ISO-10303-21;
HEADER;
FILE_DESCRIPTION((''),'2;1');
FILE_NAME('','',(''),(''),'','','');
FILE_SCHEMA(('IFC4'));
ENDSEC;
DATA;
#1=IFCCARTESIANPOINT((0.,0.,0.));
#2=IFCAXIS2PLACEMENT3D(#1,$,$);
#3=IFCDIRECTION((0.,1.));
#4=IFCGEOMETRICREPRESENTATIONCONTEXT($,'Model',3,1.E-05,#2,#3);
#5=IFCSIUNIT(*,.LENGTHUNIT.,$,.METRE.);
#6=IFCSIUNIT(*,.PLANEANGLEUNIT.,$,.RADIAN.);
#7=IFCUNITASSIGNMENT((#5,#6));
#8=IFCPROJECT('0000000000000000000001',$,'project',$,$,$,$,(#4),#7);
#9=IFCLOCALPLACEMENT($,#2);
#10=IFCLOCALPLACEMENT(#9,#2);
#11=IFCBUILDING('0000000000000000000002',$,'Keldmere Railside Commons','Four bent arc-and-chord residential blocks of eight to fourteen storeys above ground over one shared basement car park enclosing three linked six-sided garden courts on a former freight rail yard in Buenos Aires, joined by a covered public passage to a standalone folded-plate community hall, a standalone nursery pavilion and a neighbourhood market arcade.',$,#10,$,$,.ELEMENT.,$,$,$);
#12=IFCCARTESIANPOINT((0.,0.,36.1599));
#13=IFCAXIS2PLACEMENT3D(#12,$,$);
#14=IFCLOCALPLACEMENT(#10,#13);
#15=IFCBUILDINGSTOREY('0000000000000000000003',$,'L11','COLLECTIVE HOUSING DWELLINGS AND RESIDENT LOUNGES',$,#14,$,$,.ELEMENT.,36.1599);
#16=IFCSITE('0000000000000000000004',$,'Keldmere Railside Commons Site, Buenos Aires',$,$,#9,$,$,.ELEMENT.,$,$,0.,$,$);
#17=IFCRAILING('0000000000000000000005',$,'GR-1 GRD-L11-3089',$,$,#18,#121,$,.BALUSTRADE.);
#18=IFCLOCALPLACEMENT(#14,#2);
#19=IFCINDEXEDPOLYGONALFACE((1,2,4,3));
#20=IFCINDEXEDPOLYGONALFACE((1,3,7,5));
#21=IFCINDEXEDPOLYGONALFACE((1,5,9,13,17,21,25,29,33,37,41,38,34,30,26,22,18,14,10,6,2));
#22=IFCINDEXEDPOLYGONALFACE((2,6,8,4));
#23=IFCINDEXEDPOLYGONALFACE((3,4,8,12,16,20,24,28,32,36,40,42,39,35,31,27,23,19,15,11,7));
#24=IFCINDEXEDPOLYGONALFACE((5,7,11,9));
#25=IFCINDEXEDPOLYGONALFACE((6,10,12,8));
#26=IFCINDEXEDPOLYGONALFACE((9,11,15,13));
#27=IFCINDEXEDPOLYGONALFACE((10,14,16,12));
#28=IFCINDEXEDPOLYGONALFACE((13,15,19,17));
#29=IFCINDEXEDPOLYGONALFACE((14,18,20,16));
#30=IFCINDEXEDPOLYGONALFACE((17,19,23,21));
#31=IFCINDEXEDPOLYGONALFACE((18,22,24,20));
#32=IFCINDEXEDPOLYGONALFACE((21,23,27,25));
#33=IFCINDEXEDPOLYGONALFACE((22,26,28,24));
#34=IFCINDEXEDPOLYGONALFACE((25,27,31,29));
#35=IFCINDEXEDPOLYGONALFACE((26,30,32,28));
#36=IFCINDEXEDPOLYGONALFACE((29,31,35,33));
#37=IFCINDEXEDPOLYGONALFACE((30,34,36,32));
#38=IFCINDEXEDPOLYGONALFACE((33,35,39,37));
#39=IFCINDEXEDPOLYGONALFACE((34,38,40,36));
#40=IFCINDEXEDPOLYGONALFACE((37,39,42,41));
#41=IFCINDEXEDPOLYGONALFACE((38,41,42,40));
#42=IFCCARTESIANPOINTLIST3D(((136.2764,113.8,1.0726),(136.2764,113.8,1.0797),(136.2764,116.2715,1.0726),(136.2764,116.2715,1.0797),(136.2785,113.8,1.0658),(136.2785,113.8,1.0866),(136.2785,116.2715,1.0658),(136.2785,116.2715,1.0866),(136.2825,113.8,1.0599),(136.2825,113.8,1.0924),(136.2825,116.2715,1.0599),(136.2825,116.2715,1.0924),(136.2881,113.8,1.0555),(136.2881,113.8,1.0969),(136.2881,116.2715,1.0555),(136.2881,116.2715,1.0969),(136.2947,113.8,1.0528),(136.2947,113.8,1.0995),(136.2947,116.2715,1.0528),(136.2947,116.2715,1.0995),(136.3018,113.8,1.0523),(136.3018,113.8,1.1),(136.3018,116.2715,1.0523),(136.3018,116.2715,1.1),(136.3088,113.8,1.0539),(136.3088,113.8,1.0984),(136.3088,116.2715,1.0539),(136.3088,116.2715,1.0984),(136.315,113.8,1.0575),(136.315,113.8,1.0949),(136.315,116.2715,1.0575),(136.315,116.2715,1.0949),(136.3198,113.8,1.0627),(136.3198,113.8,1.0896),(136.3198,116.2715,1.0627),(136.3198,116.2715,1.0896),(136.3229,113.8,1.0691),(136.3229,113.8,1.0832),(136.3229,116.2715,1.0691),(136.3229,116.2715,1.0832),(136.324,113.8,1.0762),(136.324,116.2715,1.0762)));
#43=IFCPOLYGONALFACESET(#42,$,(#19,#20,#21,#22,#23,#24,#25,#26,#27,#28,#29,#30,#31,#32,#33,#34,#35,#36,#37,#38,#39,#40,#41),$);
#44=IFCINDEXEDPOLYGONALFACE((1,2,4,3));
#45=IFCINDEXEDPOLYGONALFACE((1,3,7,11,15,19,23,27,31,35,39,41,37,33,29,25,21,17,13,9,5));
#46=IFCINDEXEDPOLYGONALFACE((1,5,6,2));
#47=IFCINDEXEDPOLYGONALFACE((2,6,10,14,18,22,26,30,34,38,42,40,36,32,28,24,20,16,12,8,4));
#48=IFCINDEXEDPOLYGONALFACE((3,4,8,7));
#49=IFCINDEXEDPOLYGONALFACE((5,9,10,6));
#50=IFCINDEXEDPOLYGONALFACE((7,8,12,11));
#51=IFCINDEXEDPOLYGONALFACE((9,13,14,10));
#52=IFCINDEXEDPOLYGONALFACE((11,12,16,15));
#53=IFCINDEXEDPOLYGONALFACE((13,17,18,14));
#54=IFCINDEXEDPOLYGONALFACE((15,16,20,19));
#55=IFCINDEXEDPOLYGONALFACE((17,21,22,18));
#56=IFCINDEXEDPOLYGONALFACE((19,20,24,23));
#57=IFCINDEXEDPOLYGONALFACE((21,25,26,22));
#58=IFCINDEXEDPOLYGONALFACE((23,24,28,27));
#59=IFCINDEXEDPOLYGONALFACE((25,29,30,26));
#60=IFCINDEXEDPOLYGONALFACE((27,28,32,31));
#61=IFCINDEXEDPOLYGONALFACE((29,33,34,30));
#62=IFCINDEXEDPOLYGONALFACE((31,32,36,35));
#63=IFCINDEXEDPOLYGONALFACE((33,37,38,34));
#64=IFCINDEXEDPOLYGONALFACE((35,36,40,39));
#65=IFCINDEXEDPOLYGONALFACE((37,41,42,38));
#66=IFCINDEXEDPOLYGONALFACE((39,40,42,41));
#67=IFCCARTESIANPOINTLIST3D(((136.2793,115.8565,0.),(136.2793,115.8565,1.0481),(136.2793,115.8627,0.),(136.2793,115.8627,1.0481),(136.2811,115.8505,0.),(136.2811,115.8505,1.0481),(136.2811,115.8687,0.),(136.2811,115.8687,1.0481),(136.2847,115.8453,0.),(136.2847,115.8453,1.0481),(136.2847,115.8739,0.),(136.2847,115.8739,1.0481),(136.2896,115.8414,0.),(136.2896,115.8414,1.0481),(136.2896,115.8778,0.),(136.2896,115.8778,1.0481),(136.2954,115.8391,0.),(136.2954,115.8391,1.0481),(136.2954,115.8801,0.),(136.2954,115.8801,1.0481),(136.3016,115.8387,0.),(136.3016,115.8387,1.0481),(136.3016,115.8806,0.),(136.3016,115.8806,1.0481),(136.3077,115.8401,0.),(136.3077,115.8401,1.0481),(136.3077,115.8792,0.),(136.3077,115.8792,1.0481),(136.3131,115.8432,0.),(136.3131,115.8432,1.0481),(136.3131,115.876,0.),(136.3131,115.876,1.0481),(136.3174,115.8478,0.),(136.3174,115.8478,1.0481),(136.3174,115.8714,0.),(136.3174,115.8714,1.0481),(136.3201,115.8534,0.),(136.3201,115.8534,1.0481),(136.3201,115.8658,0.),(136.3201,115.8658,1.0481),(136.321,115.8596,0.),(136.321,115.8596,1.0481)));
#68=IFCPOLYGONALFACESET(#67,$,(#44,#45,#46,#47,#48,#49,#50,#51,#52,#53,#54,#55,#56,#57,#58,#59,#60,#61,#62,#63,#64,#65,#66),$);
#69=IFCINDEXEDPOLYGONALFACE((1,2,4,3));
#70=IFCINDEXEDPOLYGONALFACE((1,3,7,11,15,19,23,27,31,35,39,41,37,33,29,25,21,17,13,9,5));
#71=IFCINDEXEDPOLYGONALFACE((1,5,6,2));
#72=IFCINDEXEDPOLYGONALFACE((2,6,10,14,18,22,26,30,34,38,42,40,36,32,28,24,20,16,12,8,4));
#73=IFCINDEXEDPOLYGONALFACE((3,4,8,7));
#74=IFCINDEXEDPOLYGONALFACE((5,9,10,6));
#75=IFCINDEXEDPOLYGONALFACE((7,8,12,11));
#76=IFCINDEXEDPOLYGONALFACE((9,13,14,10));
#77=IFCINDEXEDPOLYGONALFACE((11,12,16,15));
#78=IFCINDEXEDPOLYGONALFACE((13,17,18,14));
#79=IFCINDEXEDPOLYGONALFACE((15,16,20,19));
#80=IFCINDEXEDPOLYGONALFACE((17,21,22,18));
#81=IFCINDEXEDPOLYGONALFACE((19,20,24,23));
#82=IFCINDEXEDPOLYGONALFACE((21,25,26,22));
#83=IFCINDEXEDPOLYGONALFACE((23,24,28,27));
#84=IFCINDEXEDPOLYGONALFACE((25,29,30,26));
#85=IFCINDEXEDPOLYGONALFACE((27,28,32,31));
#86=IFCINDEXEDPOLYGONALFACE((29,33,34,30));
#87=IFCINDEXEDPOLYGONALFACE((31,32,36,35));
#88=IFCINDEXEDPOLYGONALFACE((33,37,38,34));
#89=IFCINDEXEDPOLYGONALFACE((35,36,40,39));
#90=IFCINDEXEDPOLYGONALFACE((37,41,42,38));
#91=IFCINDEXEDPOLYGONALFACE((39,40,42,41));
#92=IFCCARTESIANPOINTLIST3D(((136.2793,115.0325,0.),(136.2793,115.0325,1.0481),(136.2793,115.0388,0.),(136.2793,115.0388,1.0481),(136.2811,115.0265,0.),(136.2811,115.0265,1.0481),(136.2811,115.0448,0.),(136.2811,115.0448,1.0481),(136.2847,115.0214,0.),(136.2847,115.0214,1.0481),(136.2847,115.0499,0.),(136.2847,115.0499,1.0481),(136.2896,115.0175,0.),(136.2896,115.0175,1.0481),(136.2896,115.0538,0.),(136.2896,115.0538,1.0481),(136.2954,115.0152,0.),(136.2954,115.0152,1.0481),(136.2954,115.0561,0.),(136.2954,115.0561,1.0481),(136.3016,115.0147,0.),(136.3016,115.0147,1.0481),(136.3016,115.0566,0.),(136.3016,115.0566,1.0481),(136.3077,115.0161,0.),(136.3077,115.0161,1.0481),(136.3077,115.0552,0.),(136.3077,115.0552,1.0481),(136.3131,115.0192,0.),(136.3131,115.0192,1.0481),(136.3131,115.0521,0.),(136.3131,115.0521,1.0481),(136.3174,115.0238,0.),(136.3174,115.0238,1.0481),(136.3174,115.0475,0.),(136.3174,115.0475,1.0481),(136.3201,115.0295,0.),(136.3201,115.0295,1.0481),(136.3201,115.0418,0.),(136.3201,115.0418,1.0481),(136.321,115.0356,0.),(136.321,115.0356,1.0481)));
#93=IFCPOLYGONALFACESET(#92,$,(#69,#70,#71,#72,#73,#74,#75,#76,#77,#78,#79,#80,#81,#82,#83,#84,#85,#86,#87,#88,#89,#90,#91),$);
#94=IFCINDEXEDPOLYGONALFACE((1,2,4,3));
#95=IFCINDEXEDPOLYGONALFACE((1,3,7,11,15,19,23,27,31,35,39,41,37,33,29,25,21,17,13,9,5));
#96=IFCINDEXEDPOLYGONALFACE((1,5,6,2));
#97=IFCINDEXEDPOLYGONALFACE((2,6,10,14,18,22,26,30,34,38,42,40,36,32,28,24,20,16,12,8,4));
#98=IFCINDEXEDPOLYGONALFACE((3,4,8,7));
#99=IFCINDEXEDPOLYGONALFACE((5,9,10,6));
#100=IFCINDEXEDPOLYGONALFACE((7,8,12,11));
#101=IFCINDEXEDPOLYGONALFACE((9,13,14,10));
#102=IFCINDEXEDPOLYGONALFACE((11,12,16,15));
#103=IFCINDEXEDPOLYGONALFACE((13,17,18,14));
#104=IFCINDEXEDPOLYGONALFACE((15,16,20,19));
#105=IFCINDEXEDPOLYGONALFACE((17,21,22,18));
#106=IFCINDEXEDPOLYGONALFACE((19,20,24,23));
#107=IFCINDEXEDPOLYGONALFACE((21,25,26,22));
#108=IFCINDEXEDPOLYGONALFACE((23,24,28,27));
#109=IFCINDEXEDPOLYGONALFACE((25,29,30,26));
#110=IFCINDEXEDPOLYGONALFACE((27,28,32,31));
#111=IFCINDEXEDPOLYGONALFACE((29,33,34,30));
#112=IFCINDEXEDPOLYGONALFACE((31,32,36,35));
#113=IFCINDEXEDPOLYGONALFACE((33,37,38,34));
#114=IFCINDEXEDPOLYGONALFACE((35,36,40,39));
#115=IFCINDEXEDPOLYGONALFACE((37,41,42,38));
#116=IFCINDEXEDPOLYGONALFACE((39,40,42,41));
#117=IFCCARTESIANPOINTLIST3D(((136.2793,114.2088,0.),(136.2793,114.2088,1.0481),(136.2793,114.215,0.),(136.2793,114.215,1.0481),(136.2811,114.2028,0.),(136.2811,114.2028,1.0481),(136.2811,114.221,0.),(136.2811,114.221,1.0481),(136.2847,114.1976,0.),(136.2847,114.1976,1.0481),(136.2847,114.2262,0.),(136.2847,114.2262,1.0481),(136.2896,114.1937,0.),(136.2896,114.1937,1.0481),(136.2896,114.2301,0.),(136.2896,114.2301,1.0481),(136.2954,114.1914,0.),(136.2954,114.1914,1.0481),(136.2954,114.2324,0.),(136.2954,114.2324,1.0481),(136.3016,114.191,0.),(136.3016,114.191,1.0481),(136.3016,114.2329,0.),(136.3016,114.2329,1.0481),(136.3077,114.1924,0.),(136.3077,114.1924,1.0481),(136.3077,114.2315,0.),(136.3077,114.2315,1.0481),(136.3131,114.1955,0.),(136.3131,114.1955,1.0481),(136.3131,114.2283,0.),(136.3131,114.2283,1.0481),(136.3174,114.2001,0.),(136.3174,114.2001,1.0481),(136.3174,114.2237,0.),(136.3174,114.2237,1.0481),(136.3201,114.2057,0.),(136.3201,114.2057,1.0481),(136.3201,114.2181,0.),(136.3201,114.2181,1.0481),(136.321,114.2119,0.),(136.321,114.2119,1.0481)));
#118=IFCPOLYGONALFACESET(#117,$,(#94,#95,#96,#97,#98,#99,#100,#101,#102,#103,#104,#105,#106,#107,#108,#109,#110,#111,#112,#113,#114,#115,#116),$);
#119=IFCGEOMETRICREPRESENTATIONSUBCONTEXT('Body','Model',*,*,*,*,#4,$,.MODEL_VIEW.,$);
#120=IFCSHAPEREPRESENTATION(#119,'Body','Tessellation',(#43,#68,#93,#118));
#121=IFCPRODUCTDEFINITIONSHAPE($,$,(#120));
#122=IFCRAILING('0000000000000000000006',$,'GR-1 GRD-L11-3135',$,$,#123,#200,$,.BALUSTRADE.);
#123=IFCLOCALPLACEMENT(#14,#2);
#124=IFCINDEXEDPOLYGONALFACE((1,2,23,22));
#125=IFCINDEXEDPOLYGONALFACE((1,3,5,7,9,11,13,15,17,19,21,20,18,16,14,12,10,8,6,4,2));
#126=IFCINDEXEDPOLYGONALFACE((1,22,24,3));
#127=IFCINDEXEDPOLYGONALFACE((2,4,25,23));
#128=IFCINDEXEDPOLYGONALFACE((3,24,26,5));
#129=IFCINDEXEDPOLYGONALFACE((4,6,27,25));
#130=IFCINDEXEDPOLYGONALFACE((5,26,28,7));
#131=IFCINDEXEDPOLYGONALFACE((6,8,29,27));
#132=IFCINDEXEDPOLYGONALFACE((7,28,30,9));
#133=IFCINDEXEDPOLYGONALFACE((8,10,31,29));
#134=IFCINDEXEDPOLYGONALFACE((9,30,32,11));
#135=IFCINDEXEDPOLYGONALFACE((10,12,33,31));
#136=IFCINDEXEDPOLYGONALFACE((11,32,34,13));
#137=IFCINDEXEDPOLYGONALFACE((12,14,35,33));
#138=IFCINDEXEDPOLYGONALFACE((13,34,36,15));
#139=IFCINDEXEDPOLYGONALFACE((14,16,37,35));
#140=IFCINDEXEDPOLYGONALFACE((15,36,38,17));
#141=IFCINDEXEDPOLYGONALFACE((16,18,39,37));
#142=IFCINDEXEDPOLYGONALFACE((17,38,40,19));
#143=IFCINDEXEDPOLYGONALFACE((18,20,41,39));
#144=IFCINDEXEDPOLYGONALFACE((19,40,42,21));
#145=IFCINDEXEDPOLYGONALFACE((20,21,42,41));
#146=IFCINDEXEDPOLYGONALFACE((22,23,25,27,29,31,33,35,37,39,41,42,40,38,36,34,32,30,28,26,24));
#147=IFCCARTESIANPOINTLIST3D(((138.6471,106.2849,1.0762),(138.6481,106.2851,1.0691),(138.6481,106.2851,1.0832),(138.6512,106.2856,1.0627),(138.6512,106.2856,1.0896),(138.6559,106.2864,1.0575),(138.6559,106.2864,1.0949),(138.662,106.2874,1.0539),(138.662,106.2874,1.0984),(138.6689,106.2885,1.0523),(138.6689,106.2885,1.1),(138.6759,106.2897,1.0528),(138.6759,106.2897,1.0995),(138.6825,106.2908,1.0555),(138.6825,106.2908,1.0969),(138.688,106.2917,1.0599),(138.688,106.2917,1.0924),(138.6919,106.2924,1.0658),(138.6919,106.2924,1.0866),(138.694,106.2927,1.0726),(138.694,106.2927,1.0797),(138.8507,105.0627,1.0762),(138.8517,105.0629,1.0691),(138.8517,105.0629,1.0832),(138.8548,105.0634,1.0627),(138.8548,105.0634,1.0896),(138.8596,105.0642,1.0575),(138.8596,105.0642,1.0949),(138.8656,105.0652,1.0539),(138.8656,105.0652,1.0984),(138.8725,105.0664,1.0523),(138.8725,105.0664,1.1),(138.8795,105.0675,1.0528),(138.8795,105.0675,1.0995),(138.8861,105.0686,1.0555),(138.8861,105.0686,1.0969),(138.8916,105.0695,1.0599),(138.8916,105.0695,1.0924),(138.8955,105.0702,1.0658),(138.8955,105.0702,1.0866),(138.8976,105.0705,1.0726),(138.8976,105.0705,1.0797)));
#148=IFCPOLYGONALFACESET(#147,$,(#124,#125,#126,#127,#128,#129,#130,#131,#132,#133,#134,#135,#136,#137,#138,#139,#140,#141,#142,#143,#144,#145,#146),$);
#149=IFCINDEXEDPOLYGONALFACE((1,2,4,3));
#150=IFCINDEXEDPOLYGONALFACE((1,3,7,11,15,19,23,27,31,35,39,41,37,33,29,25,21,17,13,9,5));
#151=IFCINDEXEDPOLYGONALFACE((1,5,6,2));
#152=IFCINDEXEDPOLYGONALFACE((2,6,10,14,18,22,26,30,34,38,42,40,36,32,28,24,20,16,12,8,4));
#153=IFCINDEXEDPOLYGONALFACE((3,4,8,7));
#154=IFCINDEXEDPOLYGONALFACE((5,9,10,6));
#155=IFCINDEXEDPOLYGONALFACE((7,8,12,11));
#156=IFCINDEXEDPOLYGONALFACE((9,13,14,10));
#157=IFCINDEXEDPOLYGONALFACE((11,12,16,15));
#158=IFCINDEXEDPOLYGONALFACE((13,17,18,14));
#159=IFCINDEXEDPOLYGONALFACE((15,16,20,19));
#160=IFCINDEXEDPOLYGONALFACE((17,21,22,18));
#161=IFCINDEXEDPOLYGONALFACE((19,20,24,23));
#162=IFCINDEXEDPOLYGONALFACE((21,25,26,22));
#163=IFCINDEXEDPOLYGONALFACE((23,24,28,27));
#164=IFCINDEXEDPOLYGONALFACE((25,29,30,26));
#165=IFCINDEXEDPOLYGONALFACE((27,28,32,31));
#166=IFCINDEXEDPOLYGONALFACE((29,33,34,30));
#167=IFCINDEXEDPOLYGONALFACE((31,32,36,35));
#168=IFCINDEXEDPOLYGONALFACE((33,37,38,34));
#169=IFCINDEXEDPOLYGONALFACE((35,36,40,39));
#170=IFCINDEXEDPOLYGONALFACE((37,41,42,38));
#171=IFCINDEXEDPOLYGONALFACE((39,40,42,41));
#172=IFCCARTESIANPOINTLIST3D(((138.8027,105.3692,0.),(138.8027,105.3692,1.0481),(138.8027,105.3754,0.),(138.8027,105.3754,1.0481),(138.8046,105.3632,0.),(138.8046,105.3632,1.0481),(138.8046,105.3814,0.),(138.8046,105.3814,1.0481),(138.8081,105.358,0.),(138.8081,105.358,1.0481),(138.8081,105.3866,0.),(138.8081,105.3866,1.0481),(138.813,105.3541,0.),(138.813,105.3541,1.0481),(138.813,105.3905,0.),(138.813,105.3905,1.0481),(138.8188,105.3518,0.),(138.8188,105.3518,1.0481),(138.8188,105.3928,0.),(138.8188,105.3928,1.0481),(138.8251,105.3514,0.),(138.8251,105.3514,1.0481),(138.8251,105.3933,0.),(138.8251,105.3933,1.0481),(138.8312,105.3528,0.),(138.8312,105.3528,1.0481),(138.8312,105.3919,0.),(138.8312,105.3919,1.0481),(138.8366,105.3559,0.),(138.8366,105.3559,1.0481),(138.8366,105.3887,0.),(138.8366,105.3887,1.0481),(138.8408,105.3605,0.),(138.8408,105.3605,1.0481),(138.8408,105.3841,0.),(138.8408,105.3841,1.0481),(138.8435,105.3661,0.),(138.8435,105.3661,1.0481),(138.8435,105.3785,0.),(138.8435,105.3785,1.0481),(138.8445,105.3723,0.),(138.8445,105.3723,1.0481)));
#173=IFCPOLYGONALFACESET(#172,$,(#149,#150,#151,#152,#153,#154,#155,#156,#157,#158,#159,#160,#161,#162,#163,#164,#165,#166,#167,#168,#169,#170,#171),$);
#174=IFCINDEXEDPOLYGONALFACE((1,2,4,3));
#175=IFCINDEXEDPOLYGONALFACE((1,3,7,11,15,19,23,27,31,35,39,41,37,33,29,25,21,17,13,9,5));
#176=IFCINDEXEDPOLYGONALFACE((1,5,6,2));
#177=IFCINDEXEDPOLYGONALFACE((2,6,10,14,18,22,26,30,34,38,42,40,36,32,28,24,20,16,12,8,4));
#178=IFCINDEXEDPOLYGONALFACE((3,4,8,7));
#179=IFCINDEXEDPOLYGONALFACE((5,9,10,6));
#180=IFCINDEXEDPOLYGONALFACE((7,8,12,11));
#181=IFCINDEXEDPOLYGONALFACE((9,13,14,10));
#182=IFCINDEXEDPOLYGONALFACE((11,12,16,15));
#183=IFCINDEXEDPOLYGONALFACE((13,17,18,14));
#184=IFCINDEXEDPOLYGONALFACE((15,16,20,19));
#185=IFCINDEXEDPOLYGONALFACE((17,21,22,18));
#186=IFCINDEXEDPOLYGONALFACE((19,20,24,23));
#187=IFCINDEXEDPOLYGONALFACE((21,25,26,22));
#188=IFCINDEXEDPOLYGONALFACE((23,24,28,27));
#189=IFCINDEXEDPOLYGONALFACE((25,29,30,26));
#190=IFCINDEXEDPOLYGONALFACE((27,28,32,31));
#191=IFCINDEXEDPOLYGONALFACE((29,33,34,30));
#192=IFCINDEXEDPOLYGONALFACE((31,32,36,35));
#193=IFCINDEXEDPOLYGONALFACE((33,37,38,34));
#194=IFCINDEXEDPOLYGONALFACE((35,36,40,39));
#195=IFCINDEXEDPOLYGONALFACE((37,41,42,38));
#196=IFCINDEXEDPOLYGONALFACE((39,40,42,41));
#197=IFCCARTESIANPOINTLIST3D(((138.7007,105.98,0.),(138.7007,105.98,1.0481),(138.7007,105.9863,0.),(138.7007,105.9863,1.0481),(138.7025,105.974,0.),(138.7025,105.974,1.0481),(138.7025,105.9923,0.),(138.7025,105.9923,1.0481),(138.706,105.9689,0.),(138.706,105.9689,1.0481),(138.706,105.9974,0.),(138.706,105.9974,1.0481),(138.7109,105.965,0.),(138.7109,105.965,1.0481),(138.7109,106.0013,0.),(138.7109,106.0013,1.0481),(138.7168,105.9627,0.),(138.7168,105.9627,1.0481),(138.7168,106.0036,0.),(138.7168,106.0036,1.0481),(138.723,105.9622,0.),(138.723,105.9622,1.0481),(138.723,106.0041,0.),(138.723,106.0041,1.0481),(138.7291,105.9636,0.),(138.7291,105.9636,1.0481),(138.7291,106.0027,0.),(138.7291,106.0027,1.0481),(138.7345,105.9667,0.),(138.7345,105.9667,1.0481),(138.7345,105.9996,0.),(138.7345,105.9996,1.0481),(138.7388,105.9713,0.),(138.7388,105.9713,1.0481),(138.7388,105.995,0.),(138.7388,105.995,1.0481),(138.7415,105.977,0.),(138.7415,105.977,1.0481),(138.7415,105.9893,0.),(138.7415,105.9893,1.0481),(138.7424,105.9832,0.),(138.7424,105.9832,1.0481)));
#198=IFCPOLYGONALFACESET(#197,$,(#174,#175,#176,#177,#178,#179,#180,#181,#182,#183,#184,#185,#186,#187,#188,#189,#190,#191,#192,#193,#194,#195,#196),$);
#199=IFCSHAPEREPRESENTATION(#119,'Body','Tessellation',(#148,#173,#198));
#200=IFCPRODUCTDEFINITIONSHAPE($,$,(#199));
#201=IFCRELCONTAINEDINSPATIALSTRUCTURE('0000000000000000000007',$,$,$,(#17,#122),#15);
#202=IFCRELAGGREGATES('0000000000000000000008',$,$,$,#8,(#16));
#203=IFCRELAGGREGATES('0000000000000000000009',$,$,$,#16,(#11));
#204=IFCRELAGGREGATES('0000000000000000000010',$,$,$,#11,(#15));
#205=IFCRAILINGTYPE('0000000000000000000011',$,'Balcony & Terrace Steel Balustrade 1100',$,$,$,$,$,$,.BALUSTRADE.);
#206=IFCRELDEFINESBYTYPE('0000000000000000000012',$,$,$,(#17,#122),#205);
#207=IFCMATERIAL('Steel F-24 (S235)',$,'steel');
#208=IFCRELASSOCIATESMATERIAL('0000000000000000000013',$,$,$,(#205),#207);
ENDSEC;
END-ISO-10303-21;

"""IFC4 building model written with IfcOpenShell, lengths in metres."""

from ifc_helpers import new_model, si_unit, direction, frame, origin, origin_2d, place, context, subcontext, project, spatial, circle, extrude, material, type_object, element, save


model = new_model("IFC4")

# Units and contexts
model_context = context("Model", 3, precision=1e-05, world=origin(), true_north=direction((0.0, 1.0)))
body_context = subcontext(model_context, "Body", "Model", "MODEL_VIEW")
ifc_project = project(units=[si_unit("LENGTHUNIT", "METRE"), si_unit("PLANEANGLEUNIT", "RADIAN")], contexts=[model_context])

# Site, building, storey
site_placement = place(None, origin())
site = spatial("IfcSite", under=ifc_project, at=site_placement, Name="Keldmere Railside Commons Site, Buenos Aires", CompositionType="ELEMENT", RefElevation=0.0)
building_placement = place(site_placement, origin())
building = spatial("IfcBuilding", under=site, at=building_placement, Name="Keldmere Railside Commons", Description="Four bent arc-and-chord residential blocks of eight to fourteen storeys above ground over one shared basement car park enclosing three linked six-sided garden courts on a former freight rail yard in Buenos Aires, joined by a covered public passage to a standalone folded-plate community hall, a standalone nursery pavilion and a neighbourhood market arcade.", CompositionType="ELEMENT")
storey_placement = place(building_placement, frame((0.0, 0.0, 36.1599)))
storey = spatial("IfcBuildingStorey", under=building, at=storey_placement, Name="L11", Description="COLLECTIVE HOUSING DWELLINGS AND RESIDENT LOUNGES", CompositionType="ELEMENT", Elevation=36.1599)

# Railings
ifc_material_1 = material(Name="Steel F-24 (S235)", Category="steel")
railing_type = type_object("IfcRailingType", Name="Balcony & Terrace Steel Balustrade 1100", PredefinedType="BALUSTRADE", material=ifc_material_1)
railing_1_placement = place(storey_placement, frame((136.3, 116.2715, 0.0)))
element("IfcRailing", 1, at=railing_1_placement, inside=storey, type_object=railing_type, Name="GR-1 GRD-L11-3089", PredefinedType="BALUSTRADE", context=body_context, shape_type="SweptSolid", body=[
    extrude(circle(Radius=0.0239, at=origin_2d()), frame((0.0, 0.0, 1.0762), z_axis=(0.0, -1.0, 0.0), x_axis=(1.0, 0.0, 0.0)), (0.0, 0.0, 1.0), 2.4714),
    extrude(circle(Radius=0.021, at=origin_2d()), frame((0.0, -0.4119, 0.0)), (0.0, 0.0, 1.0), 1.0481),
    extrude(circle(Radius=0.021, at=origin_2d()), frame((0.0, -1.2358, 0.0)), (0.0, 0.0, 1.0), 1.0481),
    extrude(circle(Radius=0.021, at=origin_2d()), frame((0.0, -2.0596, 0.0)), (0.0, 0.0, 1.0), 1.0481),
])
railing_2_placement = place(storey_placement, frame((138.8743, 105.0667, 0.0)))
element("IfcRailing", 2, at=railing_2_placement, inside=storey, type_object=railing_type, Name="GR-1 GRD-L11-3135", PredefinedType="BALUSTRADE", context=body_context, shape_type="SweptSolid", body=[
    extrude(circle(Radius=0.0239, at=origin_2d()), frame((0.0, 0.0, 1.0762), z_axis=(-0.164335, 0.986405, 0.0), x_axis=(-0.986405, -0.164335, 0.0)), (0.0, 0.0, 1.0), 1.239),
    extrude(circle(Radius=0.021, at=origin_2d()), frame((-0.0508, 0.3057, 0.0)), (0.0, 0.0, 1.0), 1.0481),
    extrude(circle(Radius=0.021, at=origin_2d()), frame((-0.1528, 0.9165, 0.0)), (0.0, 0.0, 1.0), 1.0481),
])

save(model, "model.ifc")
